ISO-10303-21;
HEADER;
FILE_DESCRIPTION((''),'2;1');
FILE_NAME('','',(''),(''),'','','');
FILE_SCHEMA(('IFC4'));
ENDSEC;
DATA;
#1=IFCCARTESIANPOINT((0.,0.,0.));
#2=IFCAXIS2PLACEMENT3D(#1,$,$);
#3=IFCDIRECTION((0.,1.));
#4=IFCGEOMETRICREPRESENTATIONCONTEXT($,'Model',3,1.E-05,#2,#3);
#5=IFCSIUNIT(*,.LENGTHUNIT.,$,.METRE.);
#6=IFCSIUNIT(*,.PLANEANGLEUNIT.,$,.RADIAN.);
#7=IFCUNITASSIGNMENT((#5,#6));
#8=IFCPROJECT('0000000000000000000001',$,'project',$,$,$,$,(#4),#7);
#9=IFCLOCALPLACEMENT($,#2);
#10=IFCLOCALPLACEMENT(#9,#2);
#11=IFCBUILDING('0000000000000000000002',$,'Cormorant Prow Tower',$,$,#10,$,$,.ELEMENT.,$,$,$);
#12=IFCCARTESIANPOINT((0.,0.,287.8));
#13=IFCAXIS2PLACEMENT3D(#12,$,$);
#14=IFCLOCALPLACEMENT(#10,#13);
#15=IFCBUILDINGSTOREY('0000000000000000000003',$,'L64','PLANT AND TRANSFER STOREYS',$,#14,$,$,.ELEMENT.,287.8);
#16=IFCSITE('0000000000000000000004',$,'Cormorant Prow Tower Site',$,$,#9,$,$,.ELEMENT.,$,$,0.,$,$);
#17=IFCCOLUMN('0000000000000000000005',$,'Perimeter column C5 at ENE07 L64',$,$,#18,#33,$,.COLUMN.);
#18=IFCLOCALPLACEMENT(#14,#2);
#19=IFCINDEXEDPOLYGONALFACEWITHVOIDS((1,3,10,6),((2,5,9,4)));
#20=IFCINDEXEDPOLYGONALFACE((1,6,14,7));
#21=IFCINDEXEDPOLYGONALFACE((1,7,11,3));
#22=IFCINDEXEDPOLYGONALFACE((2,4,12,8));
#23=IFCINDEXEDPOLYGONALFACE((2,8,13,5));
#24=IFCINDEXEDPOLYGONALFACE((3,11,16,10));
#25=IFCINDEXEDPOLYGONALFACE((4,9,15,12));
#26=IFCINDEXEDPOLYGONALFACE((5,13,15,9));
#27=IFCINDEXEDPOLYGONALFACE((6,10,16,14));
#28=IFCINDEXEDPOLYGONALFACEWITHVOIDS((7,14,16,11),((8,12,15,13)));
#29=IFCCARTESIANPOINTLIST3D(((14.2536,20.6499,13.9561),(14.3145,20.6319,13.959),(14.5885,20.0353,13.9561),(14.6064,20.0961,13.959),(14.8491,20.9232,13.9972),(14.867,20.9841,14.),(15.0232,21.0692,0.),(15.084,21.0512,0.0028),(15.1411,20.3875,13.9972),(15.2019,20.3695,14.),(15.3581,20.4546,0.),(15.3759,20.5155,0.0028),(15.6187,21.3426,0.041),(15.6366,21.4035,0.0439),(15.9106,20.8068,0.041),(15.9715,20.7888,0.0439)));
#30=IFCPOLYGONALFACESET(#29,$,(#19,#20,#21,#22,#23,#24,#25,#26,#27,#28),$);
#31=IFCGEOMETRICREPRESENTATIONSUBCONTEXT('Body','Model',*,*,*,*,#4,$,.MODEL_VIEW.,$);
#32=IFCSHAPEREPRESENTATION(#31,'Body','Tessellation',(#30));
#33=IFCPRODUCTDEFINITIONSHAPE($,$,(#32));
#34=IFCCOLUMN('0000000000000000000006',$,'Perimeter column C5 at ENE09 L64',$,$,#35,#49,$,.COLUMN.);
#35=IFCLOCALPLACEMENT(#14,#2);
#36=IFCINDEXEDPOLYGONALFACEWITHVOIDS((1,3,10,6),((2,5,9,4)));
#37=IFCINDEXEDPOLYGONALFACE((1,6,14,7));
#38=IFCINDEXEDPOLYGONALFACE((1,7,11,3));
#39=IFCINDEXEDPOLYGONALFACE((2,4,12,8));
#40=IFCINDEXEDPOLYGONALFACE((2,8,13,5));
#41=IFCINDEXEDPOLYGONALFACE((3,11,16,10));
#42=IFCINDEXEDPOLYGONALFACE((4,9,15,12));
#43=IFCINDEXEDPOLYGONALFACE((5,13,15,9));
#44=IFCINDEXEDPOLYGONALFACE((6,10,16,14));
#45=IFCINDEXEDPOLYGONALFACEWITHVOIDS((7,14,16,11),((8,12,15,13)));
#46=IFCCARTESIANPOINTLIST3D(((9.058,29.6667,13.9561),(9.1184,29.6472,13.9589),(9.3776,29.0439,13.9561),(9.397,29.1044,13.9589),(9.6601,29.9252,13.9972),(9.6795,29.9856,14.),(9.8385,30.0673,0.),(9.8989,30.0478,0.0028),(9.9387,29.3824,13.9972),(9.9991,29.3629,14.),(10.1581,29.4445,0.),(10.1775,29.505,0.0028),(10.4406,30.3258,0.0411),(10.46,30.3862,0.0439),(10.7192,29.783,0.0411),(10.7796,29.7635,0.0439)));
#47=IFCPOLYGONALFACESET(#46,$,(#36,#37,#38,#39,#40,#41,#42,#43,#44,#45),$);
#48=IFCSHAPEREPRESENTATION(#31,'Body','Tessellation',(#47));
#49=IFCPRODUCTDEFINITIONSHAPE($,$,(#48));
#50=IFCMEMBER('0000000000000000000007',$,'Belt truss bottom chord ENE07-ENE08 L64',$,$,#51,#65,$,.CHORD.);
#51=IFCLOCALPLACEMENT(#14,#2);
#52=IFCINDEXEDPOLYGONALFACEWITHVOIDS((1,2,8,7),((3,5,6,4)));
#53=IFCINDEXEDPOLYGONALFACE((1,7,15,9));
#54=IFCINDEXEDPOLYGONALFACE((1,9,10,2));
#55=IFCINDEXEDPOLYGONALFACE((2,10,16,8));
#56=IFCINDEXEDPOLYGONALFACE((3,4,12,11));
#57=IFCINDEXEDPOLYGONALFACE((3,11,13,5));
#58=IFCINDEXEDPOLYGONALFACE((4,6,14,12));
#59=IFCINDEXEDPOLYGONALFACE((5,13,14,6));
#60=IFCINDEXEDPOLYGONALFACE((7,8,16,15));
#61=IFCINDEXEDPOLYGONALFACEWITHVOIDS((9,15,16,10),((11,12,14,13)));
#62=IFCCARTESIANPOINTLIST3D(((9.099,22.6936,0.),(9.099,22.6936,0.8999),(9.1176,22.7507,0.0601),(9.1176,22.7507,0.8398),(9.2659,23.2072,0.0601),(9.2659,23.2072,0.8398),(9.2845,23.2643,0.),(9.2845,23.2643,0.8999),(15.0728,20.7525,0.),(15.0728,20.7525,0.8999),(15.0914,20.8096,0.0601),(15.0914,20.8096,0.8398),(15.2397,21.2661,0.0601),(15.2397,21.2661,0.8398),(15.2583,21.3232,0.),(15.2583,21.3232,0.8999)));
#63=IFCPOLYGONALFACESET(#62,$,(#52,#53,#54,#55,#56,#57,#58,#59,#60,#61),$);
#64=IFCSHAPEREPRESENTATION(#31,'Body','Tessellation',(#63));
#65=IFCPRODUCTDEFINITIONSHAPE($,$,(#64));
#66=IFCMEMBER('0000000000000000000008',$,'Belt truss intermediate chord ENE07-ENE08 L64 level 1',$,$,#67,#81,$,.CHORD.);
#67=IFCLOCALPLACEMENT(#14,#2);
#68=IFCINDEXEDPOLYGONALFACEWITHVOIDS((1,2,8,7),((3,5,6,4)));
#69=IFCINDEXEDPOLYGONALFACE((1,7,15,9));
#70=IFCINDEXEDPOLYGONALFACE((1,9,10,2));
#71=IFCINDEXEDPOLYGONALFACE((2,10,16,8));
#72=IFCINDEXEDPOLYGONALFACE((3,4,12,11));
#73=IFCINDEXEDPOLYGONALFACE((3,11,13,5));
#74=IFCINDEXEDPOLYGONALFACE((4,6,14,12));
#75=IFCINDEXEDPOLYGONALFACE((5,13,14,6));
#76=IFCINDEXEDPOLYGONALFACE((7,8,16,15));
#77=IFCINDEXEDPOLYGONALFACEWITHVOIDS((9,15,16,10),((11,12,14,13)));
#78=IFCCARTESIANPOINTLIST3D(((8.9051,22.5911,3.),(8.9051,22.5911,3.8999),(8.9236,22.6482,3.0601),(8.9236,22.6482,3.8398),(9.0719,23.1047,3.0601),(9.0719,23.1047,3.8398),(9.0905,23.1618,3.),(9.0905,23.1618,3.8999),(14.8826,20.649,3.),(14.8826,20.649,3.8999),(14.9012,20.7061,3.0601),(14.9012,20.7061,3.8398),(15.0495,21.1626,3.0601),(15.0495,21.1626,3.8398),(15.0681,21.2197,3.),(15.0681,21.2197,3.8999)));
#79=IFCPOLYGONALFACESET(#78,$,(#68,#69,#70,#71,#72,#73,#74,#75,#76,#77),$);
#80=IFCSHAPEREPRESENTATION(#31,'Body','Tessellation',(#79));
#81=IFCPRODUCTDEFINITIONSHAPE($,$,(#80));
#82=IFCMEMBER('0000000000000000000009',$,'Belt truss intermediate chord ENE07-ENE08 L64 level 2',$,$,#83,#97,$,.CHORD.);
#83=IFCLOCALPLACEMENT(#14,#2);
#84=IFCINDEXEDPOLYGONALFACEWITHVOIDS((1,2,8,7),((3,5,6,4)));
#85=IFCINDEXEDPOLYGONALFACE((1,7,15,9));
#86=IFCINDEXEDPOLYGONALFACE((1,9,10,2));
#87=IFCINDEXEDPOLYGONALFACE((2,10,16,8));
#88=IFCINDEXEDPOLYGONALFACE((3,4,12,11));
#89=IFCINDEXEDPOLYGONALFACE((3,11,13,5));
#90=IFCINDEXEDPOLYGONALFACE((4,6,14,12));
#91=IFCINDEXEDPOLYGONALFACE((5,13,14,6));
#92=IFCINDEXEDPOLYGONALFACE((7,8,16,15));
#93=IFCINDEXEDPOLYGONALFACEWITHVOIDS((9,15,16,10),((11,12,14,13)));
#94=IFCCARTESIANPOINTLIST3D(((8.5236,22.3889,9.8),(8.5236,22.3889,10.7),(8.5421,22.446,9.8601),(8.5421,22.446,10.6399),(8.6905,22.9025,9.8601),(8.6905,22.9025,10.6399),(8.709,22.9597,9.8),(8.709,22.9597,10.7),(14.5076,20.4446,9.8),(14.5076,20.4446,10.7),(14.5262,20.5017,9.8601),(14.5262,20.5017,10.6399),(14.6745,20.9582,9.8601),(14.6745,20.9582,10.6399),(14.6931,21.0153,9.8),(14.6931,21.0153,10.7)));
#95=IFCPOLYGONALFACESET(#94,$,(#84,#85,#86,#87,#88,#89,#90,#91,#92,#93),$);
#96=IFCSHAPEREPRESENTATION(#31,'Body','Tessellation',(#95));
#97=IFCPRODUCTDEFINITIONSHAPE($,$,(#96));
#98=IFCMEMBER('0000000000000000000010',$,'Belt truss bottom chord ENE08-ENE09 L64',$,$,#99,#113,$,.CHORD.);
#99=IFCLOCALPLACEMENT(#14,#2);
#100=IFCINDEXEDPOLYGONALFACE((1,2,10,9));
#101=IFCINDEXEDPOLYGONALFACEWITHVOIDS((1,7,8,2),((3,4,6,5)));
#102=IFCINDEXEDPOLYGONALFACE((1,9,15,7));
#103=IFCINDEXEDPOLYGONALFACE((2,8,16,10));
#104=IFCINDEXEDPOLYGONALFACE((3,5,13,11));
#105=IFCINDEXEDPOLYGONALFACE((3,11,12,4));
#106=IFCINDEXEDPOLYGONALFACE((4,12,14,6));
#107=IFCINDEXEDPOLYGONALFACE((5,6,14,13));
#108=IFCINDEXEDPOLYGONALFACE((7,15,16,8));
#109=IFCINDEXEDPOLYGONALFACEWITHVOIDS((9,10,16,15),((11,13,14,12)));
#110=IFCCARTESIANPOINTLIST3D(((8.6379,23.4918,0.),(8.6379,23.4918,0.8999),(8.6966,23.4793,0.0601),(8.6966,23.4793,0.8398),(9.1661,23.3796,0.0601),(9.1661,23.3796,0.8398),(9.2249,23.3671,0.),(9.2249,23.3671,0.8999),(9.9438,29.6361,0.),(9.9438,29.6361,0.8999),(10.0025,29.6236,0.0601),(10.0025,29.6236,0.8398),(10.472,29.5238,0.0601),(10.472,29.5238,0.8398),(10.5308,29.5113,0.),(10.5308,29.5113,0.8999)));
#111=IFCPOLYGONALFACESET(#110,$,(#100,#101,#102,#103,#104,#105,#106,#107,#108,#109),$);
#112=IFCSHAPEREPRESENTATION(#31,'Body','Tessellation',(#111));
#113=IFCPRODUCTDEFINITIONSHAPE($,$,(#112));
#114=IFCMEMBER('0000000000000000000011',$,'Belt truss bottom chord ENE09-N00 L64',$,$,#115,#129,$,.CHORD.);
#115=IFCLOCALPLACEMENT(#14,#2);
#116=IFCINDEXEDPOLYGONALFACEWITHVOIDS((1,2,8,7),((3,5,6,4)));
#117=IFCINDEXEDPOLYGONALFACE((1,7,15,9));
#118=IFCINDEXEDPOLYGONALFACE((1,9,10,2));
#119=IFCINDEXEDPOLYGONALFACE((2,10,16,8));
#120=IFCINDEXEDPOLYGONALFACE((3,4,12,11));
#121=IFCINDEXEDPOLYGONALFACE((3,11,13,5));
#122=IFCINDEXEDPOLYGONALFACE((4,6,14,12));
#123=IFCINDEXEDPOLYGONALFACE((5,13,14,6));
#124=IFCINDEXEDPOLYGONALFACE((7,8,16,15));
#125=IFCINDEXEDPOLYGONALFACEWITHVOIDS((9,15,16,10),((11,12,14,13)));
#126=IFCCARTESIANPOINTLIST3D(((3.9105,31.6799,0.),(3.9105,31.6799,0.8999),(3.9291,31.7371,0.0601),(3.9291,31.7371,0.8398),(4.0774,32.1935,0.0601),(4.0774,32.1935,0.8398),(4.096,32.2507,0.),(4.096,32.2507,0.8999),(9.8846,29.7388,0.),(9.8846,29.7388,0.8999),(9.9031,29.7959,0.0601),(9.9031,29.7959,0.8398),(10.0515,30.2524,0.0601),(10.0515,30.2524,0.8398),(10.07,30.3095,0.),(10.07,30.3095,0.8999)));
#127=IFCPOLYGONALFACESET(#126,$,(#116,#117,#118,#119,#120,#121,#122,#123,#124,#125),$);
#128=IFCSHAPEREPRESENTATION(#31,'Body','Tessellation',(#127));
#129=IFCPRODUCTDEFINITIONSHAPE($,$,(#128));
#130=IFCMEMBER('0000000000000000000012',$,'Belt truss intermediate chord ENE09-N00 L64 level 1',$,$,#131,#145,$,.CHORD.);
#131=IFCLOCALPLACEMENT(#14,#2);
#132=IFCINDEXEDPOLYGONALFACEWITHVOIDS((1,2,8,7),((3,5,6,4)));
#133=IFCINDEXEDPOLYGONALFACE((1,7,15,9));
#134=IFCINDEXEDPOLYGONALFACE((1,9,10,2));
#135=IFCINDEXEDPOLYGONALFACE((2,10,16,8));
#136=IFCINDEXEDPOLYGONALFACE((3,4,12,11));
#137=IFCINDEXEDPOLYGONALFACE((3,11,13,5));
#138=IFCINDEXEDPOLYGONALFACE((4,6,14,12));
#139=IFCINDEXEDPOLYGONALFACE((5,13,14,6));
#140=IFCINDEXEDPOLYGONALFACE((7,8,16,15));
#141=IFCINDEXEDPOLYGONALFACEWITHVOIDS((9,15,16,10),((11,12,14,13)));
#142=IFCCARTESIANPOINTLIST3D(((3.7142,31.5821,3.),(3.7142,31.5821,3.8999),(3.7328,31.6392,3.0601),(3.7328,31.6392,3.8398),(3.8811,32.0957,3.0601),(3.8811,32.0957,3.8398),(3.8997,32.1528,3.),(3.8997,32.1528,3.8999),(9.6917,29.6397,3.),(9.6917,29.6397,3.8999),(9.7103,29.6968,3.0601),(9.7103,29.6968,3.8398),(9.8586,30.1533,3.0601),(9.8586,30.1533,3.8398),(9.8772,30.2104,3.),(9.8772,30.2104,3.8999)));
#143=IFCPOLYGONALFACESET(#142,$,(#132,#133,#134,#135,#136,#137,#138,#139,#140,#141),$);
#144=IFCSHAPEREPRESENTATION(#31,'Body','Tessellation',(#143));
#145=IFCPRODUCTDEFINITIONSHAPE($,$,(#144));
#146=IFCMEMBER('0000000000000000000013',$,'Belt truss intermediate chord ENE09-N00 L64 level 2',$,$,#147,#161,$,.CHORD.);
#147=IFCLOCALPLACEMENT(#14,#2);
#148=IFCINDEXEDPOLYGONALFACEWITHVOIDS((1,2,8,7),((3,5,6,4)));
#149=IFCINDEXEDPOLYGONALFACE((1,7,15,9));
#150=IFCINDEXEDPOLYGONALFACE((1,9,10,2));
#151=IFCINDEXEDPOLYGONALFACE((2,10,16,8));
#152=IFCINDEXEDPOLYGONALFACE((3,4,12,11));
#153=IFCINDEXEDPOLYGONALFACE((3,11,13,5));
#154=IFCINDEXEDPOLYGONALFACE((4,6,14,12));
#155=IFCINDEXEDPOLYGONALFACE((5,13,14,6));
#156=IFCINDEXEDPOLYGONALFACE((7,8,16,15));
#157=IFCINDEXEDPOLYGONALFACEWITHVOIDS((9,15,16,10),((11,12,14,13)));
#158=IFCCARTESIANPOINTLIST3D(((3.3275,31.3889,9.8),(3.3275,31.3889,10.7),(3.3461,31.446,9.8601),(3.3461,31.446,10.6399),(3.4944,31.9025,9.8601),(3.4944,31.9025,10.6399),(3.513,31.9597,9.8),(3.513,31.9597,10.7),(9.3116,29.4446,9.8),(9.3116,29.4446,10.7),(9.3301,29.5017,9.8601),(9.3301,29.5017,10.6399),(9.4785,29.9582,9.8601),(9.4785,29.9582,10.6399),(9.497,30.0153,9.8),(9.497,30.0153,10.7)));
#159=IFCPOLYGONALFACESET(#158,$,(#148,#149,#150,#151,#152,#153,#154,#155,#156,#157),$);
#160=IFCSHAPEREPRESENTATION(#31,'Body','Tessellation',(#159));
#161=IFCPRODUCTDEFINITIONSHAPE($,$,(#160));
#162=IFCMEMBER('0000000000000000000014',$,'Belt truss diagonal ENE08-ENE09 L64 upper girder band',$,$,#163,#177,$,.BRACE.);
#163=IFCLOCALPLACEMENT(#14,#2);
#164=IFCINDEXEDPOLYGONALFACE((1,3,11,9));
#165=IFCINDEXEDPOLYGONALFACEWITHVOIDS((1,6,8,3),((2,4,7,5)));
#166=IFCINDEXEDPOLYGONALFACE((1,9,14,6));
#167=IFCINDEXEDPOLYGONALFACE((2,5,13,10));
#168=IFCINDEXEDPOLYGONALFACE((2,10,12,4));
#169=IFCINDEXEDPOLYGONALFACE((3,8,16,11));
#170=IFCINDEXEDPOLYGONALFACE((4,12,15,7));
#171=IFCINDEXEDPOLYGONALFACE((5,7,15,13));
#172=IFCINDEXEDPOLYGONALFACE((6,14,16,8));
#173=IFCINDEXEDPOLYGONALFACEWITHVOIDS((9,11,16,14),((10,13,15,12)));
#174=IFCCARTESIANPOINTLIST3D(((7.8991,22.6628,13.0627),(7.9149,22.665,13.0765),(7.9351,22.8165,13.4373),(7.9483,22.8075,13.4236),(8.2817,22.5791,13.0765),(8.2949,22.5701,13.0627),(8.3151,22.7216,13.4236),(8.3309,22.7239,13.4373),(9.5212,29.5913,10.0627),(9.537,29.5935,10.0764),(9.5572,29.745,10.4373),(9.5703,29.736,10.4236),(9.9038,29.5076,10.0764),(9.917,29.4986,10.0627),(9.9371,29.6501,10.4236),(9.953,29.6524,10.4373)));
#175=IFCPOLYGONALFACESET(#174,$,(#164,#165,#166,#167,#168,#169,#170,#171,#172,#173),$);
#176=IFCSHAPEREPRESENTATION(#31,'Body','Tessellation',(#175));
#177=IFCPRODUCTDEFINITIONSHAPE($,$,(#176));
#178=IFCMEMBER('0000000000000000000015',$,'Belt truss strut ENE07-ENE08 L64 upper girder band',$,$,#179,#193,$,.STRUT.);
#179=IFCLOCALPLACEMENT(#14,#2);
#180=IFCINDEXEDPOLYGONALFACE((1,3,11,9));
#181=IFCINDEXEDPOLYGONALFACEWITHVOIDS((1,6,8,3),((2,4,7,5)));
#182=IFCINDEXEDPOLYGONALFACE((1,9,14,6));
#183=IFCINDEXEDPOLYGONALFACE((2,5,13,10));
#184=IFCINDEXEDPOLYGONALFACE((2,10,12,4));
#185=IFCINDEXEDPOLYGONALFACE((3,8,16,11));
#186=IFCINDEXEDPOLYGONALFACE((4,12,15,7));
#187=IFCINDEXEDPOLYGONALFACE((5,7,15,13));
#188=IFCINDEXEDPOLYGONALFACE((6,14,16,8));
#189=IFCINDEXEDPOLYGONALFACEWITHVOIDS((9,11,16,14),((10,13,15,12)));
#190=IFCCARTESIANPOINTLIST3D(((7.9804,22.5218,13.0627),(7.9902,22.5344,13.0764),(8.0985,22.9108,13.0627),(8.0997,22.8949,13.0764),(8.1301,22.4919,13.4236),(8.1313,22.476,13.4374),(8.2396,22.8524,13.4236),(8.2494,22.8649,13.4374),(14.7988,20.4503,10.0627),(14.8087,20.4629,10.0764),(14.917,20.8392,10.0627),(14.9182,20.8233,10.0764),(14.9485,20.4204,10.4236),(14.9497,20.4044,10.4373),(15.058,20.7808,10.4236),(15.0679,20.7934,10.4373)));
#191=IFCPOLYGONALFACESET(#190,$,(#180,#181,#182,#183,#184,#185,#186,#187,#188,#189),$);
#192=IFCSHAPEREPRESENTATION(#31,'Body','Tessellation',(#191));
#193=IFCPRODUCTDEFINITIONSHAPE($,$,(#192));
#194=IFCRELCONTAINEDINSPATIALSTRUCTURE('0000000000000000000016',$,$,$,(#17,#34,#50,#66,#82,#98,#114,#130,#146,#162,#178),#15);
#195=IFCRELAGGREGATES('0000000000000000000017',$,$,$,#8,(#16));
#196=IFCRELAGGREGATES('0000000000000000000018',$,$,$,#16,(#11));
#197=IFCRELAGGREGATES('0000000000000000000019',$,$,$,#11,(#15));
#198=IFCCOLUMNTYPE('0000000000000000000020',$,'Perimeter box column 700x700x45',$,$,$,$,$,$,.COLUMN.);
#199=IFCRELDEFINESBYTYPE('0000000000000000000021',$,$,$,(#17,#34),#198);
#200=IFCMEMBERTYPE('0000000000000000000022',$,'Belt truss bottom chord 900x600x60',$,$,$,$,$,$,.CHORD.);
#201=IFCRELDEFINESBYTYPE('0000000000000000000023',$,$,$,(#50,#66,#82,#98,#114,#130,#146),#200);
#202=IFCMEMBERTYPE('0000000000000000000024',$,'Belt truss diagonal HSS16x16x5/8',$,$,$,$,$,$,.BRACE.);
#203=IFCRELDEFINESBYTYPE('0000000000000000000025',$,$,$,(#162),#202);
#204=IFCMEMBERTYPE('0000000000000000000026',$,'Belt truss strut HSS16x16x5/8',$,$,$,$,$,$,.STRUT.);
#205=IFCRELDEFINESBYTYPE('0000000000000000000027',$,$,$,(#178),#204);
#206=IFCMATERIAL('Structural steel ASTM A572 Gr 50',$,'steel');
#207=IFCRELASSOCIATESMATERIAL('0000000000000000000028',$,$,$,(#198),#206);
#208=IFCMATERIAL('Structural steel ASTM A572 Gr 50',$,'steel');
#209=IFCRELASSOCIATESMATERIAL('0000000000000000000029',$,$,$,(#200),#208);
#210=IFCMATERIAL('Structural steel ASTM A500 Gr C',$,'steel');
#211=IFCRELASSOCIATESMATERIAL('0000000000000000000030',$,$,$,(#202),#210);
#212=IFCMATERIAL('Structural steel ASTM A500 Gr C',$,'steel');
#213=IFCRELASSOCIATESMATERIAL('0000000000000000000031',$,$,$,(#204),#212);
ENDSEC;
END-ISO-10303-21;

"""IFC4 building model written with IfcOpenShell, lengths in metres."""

from ifc_helpers import new_model, si_unit, direction, frame, origin, origin_2d, place, context, subcontext, project, spatial, hollow_rectangle, extrude, material, material_profile, profile_set, type_object, element, save


model = new_model("IFC4")

# Units and contexts
model_context = context("Model", 3, precision=1e-05, world=origin(), true_north=direction((0.0, 1.0)))
body_context = subcontext(model_context, "Body", "Model", "MODEL_VIEW")
ifc_project = project(units=[si_unit("LENGTHUNIT", "METRE"), si_unit("PLANEANGLEUNIT", "RADIAN")], contexts=[model_context])

# Site, building, storey
site_placement = place(None, origin())
site = spatial("IfcSite", under=ifc_project, at=site_placement, Name="Cormorant Prow Tower Site", CompositionType="ELEMENT", RefElevation=0.0)
building_placement = place(site_placement, origin())
building = spatial("IfcBuilding", under=site, at=building_placement, Name="Cormorant Prow Tower", CompositionType="ELEMENT")
storey_placement = place(building_placement, frame((0.0, 0.0, 287.8)))
storey = spatial("IfcBuildingStorey", under=building, at=storey_placement, Name="L64", Description="PLANT AND TRANSFER STOREYS", CompositionType="ELEMENT", Elevation=287.8)

# Columns
ifc_material_1 = material(Name="Structural steel ASTM A572 Gr 50", Category="steel")
ifc_material_profile_1 = material_profile(ifc_material_1, hollow_rectangle(XDim=0.7, YDim=0.7, WallThickness=0.0449, at=origin_2d()), Name="Box 700x700x45")
ifc_profile_set_1 = profile_set([ifc_material_profile_1], Name="Structural steel ASTM A572 Gr 50")
column_type = type_object("IfcColumnType", Name="Perimeter box column 700x700x45", PredefinedType="COLUMN", material=ifc_profile_set_1)
for number, where, z_axis, x_axis, name in (
    (1, (15.4985, 20.9297, 0.0), (-0.055033, -0.029988, 0.998034), (0.478482, -0.878097, 0.0), "Perimeter column C5 at ENE07 L64"),
    (2, (10.3103, 29.916, 0.0), (-0.055815, -0.028647, 0.99803), (0.456621, -0.889661, 0.0), "Perimeter column C5 at ENE09 L64"),
):
    element("IfcColumn", number, at=place(storey_placement, frame(where, z_axis=z_axis, x_axis=x_axis)), inside=storey, type_object=column_type, Name=name, PredefinedType="COLUMN", context=body_context, shape_type="SweptSolid", body=[
        extrude(hollow_rectangle(XDim=0.7, YDim=0.7, WallThickness=0.0449, at=origin_2d()), frame((0.0, 0.0, 0.022)), (0.0, 0.0, 1.0), 13.9836),
    ])

# Members
ifc_material_2 = material(Name="Structural steel ASTM A572 Gr 50", Category="steel")
ifc_material_profile_2 = material_profile(ifc_material_2, hollow_rectangle(XDim=0.6001, YDim=0.8999, WallThickness=0.0601, at=origin_2d()), Name="Box 900x600x60")
ifc_profile_set_2 = profile_set([ifc_material_profile_2], Name="Structural steel ASTM A572 Gr 50")
member_type_1 = type_object("IfcMemberType", Name="Belt truss bottom chord 900x600x60", PredefinedType="CHORD", material=ifc_profile_set_2)
member_1_placement = place(storey_placement, frame((15.1655, 21.0378, 0.45), z_axis=(-0.95105, 0.309036, 0.0), x_axis=(-0.309036, -0.95105, 0.0)))
element("IfcMember", 3, at=member_1_placement, inside=storey, type_object=member_type_1, Name="Belt truss bottom chord ENE07-ENE08 L64", PredefinedType="CHORD", context=body_context, shape_type="SweptSolid", body=[
    extrude(hollow_rectangle(XDim=0.6001, YDim=0.8999, WallThickness=0.0601, at=origin_2d()), origin(), (0.0, 0.0, 1.0), 6.2812),
])
member_2_placement = place(storey_placement, frame((14.9753, 20.9343, 3.45), z_axis=(-0.95106, 0.309005, 0.0), x_axis=(-0.309005, -0.95106, 0.0)))
element("IfcMember", 4, at=member_2_placement, inside=storey, type_object=member_type_1, Name="Belt truss intermediate chord ENE07-ENE08 L64 level 1", PredefinedType="CHORD", context=body_context, shape_type="SweptSolid", body=[
    extrude(hollow_rectangle(XDim=0.6001, YDim=0.8999, WallThickness=0.0601, at=origin_2d()), origin(), (0.0, 0.0, 1.0), 6.2852),
])
member_3_placement = place(storey_placement, frame((14.6003, 20.73, 10.25), z_axis=(-0.951058, 0.309013, 0.0), x_axis=(-0.309013, -0.951058, 0.0)))
element("IfcMember", 5, at=member_3_placement, inside=storey, type_object=member_type_1, Name="Belt truss intermediate chord ENE07-ENE08 L64 level 2", PredefinedType="CHORD", context=body_context, shape_type="SweptSolid", body=[
    extrude(hollow_rectangle(XDim=0.6001, YDim=0.8999, WallThickness=0.0601, at=origin_2d()), origin(), (0.0, 0.0, 1.0), 6.292),
])
for number, where, z_axis, x_axis, name in (
    (6, (8.9314, 23.4294, 0.45), (0.207896, 0.978151, 0.0), (-0.978151, 0.207896, 0.0), "Belt truss bottom chord ENE08-ENE09 L64"),
    (7, (9.9773, 30.0242, 0.45), (-0.951054, 0.309025, 0.0), (-0.309025, -0.951054, 0.0), "Belt truss bottom chord ENE09-N00 L64"),
):
    element("IfcMember", number, at=place(storey_placement, frame(where, z_axis=z_axis, x_axis=x_axis)), inside=storey, type_object=member_type_1, Name=name, PredefinedType="CHORD", context=body_context, shape_type="SweptSolid", body=[
        extrude(hollow_rectangle(XDim=0.6001, YDim=0.8999, WallThickness=0.0601, at=origin_2d()), origin(), (0.0, 0.0, 1.0), 6.2815),
    ])
member_4_placement = place(storey_placement, frame((9.7844, 29.925, 3.45), z_axis=(-0.951049, 0.30904, 0.0), x_axis=(-0.30904, -0.951049, 0.0)))
element("IfcMember", 8, at=member_4_placement, inside=storey, type_object=member_type_1, Name="Belt truss intermediate chord ENE09-N00 L64 level 1", PredefinedType="CHORD", context=body_context, shape_type="SweptSolid", body=[
    extrude(hollow_rectangle(XDim=0.6001, YDim=0.8999, WallThickness=0.0601, at=origin_2d()), origin(), (0.0, 0.0, 1.0), 6.2852),
])
member_5_placement = place(storey_placement, frame((9.4043, 29.73, 10.25), z_axis=(-0.951058, 0.309013, 0.0), x_axis=(-0.309013, -0.951058, 0.0)))
element("IfcMember", 9, at=member_5_placement, inside=storey, type_object=member_type_1, Name="Belt truss intermediate chord ENE09-N00 L64 level 2", PredefinedType="CHORD", context=body_context, shape_type="SweptSolid", body=[
    extrude(hollow_rectangle(XDim=0.6001, YDim=0.8999, WallThickness=0.0601, at=origin_2d()), origin(), (0.0, 0.0, 1.0), 6.292),
])
ifc_material_3 = material(Name="Structural steel ASTM A500 Gr C", Category="steel")
ifc_material_profile_3 = material_profile(ifc_material_3, hollow_rectangle(XDim=0.4065, YDim=0.4065, WallThickness=0.0149, at=origin_2d()), Name="HSS16x16x5/8")
ifc_profile_set_3 = profile_set([ifc_material_profile_3], Name="Structural steel ASTM A500 Gr C")
member_type_2 = type_object("IfcMemberType", Name="Belt truss diagonal HSS16x16x5/8", PredefinedType="BRACE", material=ifc_profile_set_3)
member_6_placement = place(storey_placement, frame((9.7371, 29.6218, 10.25), z_axis=(-0.210049, -0.897196, 0.388483), x_axis=(0.973672, -0.227953, 0.0)))
element("IfcMember", 10, at=member_6_placement, inside=storey, type_object=member_type_2, Name="Belt truss diagonal ENE08-ENE09 L64 upper girder band", PredefinedType="BRACE", context=body_context, shape_type="SweptSolid", body=[
    extrude(hollow_rectangle(XDim=0.4065, YDim=0.4065, WallThickness=0.0149, at=origin_2d()), origin(), (0.0, 0.0, 1.0), 7.7224),
])
ifc_material_4 = material(Name="Structural steel ASTM A500 Gr C", Category="steel")
ifc_material_profile_4 = material_profile(ifc_material_4, hollow_rectangle(XDim=0.4065, YDim=0.4065, WallThickness=0.0149, at=origin_2d()), Name="HSS16x16x5/8")
ifc_profile_set_4 = profile_set([ifc_material_profile_4], Name="Structural steel ASTM A500 Gr C")
member_type_3 = type_object("IfcMemberType", Name="Belt truss strut HSS16x16x5/8", PredefinedType="STRUT", material=ifc_profile_set_4)
member_7_placement = place(storey_placement, frame((14.9333, 20.6218, 10.25), z_axis=(-0.881855, 0.267923, 0.388006), x_axis=(-0.290697, -0.956815, 0.0)))
element("IfcMember", 11, at=member_7_placement, inside=storey, type_object=member_type_3, Name="Belt truss strut ENE07-ENE08 L64 upper girder band", PredefinedType="STRUT", context=body_context, shape_type="SweptSolid", body=[
    extrude(hollow_rectangle(XDim=0.4065, YDim=0.4065, WallThickness=0.0149, at=origin_2d()), origin(), (0.0, 0.0, 1.0), 7.7319),
])

save(model, "model.ifc")
